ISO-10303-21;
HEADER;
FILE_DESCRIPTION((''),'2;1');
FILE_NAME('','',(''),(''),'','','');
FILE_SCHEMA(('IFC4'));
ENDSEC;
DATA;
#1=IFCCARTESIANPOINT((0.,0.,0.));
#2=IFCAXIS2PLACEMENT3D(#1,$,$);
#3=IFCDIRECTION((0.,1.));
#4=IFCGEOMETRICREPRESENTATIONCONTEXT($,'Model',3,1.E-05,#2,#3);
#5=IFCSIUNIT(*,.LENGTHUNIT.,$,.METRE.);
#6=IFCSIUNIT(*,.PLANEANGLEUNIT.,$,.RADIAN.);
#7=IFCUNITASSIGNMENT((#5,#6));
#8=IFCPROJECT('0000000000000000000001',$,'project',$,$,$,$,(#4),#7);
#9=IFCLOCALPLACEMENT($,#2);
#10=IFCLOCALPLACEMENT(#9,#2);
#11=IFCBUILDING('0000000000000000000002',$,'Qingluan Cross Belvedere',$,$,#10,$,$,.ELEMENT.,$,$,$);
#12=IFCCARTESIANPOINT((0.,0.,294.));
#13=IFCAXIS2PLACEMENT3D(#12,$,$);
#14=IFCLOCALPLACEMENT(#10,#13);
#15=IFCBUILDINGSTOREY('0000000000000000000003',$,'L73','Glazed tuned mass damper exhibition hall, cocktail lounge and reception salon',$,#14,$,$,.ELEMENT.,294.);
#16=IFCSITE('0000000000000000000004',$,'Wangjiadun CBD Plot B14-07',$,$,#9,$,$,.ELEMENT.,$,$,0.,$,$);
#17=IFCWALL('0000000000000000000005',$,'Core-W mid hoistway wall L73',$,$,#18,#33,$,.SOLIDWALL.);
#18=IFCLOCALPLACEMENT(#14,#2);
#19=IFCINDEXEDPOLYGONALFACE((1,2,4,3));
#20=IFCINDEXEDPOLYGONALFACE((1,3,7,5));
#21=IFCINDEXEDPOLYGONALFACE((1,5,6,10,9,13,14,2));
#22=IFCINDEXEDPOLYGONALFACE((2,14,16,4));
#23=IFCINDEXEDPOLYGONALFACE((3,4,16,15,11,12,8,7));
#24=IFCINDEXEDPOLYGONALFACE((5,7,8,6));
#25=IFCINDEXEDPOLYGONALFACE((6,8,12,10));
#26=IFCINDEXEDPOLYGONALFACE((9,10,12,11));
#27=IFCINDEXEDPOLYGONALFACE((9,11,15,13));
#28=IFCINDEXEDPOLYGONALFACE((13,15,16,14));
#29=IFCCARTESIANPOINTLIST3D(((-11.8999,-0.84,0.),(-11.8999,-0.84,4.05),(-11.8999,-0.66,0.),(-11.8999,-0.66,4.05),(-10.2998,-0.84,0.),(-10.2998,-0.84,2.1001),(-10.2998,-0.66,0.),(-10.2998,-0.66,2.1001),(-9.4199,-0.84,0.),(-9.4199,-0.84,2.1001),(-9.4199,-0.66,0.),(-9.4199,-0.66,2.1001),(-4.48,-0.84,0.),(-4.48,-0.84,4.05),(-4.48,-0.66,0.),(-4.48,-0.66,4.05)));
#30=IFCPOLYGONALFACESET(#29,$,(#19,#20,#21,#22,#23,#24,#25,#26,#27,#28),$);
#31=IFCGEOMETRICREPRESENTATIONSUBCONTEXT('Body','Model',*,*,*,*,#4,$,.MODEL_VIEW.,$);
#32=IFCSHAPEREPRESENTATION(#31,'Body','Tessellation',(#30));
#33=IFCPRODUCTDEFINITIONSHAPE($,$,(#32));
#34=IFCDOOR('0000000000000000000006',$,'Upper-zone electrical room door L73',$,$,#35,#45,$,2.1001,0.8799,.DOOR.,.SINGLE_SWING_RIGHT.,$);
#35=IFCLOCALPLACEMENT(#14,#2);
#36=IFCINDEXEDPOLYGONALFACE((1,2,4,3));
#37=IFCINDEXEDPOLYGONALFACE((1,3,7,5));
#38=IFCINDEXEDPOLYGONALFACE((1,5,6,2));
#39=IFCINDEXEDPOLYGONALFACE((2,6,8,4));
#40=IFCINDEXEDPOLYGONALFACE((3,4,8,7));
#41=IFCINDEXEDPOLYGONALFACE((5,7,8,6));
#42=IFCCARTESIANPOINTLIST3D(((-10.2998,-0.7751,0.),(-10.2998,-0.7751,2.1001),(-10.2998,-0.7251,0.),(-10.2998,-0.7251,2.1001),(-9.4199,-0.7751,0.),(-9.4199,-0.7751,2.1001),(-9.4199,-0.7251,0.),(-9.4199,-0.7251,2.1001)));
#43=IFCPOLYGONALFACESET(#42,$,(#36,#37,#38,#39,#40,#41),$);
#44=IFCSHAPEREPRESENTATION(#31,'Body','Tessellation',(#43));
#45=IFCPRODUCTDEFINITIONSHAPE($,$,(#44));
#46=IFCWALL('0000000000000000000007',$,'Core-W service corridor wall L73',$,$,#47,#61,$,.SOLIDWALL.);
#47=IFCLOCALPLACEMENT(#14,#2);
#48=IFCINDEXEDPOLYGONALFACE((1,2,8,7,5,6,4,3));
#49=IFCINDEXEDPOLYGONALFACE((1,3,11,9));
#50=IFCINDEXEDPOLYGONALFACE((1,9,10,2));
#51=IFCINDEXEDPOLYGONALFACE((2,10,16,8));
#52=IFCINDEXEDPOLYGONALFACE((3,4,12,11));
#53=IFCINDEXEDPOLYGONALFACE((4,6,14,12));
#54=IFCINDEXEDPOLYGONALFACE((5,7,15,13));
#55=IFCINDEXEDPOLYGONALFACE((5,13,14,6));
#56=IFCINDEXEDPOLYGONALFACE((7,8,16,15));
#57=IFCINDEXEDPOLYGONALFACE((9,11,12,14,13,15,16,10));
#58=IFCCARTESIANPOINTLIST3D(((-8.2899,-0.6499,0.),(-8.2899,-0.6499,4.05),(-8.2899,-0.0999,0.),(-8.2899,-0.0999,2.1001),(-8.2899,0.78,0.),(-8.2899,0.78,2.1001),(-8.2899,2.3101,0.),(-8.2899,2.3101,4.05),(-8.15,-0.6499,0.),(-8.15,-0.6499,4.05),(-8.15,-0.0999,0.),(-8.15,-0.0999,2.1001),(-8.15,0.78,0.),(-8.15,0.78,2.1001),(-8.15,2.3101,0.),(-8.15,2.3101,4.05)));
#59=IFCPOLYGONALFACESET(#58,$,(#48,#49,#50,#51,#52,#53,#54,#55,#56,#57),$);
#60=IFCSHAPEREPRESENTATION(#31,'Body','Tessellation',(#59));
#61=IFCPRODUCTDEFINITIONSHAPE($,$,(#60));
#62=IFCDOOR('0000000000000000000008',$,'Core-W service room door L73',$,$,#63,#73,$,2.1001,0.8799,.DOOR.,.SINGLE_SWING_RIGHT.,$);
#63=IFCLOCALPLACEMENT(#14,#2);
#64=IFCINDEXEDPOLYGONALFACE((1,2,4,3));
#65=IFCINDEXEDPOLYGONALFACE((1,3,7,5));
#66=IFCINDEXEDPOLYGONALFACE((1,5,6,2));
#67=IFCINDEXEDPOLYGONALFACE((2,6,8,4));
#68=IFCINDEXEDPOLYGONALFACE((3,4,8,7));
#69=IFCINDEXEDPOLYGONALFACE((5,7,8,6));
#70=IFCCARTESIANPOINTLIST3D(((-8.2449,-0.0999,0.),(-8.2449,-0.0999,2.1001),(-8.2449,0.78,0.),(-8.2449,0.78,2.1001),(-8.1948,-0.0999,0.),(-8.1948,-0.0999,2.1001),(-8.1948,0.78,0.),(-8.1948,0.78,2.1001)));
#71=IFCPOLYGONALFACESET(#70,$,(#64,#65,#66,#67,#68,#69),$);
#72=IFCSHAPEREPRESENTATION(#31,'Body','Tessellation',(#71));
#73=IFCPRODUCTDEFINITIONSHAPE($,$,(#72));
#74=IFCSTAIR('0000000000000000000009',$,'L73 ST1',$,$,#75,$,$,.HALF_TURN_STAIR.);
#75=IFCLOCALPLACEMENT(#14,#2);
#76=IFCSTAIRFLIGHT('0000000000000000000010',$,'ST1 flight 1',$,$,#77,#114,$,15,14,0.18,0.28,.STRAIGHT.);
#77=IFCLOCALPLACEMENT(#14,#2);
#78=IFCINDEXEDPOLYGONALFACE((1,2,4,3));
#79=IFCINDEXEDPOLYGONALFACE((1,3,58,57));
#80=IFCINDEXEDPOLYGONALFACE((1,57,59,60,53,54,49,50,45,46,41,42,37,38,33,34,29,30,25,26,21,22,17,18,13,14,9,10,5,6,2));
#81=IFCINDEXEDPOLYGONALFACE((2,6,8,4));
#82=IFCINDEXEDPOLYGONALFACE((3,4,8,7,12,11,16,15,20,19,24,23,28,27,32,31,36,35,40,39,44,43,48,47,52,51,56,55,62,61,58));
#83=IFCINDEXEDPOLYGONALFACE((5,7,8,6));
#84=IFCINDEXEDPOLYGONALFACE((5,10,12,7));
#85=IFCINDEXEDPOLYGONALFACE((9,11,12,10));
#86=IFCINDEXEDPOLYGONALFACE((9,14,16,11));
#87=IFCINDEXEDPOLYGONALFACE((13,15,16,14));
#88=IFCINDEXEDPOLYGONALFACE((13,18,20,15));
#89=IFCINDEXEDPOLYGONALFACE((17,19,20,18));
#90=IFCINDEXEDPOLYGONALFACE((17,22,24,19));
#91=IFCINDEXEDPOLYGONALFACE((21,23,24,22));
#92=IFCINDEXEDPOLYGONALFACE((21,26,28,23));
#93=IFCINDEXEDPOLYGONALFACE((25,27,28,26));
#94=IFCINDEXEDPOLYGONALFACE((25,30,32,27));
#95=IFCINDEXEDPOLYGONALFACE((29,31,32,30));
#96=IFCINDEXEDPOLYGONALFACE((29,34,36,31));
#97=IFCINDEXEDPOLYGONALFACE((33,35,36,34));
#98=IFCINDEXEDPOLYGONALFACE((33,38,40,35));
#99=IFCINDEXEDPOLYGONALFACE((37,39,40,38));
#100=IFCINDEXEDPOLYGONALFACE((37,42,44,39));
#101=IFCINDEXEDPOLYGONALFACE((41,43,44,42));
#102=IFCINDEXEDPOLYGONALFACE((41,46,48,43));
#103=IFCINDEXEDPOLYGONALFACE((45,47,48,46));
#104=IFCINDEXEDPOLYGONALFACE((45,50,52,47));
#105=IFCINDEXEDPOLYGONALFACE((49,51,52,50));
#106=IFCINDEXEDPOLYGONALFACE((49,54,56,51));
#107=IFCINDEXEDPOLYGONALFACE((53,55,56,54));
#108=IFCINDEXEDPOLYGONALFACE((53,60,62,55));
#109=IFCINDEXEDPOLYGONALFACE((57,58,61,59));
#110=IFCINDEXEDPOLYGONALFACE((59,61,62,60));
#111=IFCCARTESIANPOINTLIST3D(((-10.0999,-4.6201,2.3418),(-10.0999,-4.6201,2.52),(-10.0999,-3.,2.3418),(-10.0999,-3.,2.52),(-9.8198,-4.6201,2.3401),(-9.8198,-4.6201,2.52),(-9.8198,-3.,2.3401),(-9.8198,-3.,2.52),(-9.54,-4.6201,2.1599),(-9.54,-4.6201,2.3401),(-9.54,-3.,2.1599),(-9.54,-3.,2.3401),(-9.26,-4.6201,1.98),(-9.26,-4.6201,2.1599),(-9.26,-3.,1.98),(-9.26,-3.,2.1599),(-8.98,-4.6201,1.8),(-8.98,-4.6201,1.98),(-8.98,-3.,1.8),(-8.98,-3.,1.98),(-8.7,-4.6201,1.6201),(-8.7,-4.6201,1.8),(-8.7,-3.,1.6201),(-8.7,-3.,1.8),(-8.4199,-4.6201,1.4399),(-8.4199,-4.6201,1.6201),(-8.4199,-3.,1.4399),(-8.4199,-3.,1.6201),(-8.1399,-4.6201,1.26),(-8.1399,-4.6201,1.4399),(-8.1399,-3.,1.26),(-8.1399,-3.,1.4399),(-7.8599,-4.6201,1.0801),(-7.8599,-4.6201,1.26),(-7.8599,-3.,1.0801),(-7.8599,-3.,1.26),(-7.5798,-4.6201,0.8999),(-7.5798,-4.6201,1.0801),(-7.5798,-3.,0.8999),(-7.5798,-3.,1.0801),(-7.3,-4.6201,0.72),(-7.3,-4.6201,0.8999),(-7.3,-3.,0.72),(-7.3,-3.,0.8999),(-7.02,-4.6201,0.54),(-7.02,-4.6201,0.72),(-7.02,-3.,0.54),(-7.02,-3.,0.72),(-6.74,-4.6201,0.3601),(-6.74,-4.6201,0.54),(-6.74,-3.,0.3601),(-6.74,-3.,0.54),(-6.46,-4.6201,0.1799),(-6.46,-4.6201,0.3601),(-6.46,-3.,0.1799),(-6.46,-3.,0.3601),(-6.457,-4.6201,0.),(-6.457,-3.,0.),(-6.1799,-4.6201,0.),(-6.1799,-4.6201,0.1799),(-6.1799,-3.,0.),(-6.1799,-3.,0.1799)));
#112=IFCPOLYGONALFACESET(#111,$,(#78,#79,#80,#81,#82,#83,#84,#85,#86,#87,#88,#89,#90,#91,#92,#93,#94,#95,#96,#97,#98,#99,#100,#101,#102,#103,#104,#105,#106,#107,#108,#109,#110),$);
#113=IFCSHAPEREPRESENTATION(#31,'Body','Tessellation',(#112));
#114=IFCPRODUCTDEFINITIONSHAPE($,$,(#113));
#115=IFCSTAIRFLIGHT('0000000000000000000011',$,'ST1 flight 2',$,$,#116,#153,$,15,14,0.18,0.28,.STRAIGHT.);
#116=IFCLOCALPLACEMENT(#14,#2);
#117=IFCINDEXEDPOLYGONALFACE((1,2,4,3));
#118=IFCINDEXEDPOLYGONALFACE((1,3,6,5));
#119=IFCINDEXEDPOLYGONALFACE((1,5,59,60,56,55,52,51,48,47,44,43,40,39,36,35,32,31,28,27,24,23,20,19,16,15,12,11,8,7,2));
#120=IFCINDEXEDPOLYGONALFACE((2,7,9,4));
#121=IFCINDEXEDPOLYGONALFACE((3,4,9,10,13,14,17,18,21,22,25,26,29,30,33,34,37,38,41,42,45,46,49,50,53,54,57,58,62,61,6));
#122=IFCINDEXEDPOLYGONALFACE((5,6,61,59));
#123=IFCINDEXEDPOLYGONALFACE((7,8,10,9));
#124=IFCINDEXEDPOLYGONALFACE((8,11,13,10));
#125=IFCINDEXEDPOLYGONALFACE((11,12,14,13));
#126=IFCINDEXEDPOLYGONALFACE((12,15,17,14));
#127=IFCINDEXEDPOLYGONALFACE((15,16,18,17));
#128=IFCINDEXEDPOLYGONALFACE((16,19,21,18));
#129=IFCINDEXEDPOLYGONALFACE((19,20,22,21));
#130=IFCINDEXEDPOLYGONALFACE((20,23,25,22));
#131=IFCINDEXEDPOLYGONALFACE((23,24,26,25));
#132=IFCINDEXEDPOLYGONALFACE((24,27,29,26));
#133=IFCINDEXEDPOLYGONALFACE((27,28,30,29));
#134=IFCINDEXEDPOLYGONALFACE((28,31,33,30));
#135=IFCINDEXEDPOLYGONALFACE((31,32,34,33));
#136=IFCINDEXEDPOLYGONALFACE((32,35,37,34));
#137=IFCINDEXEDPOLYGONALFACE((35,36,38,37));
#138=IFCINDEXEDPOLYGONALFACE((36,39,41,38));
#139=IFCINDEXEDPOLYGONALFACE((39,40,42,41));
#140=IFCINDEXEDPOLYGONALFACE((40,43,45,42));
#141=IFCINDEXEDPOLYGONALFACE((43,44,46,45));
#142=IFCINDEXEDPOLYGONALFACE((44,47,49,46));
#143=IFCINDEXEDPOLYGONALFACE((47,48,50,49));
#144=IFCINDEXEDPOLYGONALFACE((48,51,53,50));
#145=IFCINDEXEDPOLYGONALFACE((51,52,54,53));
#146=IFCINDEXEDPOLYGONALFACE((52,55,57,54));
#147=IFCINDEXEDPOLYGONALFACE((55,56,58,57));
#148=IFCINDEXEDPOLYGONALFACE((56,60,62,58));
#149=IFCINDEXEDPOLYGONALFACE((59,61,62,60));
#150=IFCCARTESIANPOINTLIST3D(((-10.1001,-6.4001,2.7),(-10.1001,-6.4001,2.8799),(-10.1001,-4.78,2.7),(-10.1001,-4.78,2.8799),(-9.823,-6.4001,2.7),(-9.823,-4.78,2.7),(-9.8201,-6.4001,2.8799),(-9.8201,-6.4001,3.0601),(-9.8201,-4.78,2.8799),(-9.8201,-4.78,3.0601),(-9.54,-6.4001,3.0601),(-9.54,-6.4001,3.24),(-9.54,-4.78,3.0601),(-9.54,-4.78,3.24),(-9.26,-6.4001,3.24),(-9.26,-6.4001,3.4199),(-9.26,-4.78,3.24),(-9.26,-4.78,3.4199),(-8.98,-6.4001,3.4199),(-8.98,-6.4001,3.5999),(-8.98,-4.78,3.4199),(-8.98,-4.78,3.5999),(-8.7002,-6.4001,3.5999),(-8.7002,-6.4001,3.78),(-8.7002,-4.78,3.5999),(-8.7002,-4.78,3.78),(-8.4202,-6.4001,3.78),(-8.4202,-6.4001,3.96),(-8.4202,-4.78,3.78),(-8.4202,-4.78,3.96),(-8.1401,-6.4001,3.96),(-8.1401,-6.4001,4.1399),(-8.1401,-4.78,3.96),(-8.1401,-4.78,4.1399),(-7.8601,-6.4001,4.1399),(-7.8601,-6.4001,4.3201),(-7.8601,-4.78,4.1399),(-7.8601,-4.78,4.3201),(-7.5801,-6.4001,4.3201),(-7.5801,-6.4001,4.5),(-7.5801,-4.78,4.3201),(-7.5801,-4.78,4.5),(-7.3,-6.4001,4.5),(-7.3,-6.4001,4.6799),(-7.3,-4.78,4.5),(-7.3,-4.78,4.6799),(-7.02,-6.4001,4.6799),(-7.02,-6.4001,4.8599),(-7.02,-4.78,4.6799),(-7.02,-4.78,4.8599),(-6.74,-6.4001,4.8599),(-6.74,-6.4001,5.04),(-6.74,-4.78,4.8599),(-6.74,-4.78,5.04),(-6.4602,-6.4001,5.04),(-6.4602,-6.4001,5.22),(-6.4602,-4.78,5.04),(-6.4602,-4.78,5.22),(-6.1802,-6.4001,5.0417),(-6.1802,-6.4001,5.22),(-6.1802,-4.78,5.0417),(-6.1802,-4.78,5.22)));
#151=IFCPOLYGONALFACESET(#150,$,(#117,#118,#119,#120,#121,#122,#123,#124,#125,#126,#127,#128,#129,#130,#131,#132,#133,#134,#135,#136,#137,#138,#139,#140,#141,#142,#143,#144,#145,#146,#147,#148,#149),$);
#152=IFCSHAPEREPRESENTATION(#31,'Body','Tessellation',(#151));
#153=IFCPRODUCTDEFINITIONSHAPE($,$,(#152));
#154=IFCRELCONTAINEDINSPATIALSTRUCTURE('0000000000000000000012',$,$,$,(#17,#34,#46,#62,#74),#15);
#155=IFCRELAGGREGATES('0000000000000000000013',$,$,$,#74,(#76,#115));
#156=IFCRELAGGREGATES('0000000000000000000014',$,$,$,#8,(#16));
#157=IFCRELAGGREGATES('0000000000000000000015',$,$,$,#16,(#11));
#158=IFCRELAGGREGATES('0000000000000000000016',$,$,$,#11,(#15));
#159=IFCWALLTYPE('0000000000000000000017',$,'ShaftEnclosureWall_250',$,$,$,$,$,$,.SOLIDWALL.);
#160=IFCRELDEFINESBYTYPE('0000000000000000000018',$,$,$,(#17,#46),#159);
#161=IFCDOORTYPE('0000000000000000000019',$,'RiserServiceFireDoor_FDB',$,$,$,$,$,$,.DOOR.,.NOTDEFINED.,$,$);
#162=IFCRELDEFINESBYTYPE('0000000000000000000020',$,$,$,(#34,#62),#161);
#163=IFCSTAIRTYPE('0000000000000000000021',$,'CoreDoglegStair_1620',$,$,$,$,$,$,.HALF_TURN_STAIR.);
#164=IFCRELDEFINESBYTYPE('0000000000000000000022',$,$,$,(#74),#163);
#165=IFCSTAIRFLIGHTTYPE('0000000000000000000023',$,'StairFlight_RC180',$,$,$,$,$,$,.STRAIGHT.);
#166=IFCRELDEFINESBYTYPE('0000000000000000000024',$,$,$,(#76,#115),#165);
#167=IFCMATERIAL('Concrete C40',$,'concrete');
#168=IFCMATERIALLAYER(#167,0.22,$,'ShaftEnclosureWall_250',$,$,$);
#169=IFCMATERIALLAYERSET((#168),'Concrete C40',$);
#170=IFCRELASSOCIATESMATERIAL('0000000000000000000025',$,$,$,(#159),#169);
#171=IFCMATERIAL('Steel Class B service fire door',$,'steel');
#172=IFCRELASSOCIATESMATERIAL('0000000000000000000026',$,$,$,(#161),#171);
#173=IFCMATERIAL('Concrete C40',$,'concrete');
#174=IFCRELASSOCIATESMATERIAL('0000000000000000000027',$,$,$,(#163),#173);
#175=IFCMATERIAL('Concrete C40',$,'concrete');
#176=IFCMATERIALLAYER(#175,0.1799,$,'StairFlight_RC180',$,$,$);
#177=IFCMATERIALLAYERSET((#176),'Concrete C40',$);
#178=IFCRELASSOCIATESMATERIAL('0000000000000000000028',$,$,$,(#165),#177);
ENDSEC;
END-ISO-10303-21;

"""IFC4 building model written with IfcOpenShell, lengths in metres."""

from ifc_helpers import new_model, si_unit, direction, frame, frame_2d, origin, place, context, subcontext, project, spatial, polyline, rectangle, outline, extrude, material, layer, layer_set, type_object, element, fill, aggregate, save


model = new_model("IFC4")

# Units and contexts
model_context = context("Model", 3, precision=1e-05, world=origin(), true_north=direction((0.0, 1.0)))
body_context = subcontext(model_context, "Body", "Model", "MODEL_VIEW")
ifc_project = project(units=[si_unit("LENGTHUNIT", "METRE"), si_unit("PLANEANGLEUNIT", "RADIAN")], contexts=[model_context])

# Site, building, storey
site_placement = place(None, origin())
site = spatial("IfcSite", under=ifc_project, at=site_placement, Name="Wangjiadun CBD Plot B14-07", CompositionType="ELEMENT", RefElevation=0.0)
building_placement = place(site_placement, origin())
building = spatial("IfcBuilding", under=site, at=building_placement, Name="Qingluan Cross Belvedere", CompositionType="ELEMENT")
storey_placement = place(building_placement, frame((0.0, 0.0, 294.0)))
storey = spatial("IfcBuildingStorey", under=building, at=storey_placement, Name="L73", Description="Glazed tuned mass damper exhibition hall, cocktail lounge and reception salon", CompositionType="ELEMENT", Elevation=294.0)

# Walls, openings, doors
ifc_material_1 = material(Name="Concrete C40", Category="concrete")
ifc_layer_1 = layer(ifc_material_1, 0.22, Name="ShaftEnclosureWall_250")
ifc_layer_set_1 = layer_set([ifc_layer_1], Name="Concrete C40")
wall_type_1 = type_object("IfcWallType", Name="ShaftEnclosureWall_250", PredefinedType="SOLIDWALL", material=ifc_layer_set_1)
wall_1_placement = place(storey_placement, frame((-11.8999, -0.75, 0.0), z_axis=(0.0, 0.0, 1.0), x_axis=(1.0, 0.0, 0.0)))
wall_1 = element("IfcWall", 1, at=wall_1_placement, inside=storey, type_object=wall_type_1, Name="Core-W mid hoistway wall L73", PredefinedType="SOLIDWALL", context=body_context, shape_type="SweptSolid", body=[
    extrude(rectangle(XDim=7.4199, YDim=0.1799, at=frame_2d((3.71, 0.0))), origin(), (0.0, 0.0, 1.0), 4.05),
])
opening_1_placement = place(wall_1_placement, frame((1.6001, 0.0, 0.0)))
opening_1 = element("IfcOpeningElement", 2, at=opening_1_placement, cuts=wall_1, PredefinedType="OPENING", context=body_context, shape_type="SweptSolid", body=[
    extrude(rectangle(XDim=0.8799, YDim=2.1001, at=frame_2d((0.4399, 1.05))), frame((0.0, 0.0999, 0.0), z_axis=(0.0, -1.0, 0.0), x_axis=(1.0, 0.0, 0.0)), (0.0, 0.0, 1.0), 0.2),
])
ifc_material_2 = material(Name="Steel Class B service fire door", Category="steel")
door_type_1 = type_object("IfcDoorType", Name="RiserServiceFireDoor_FDB", OperationType="NOTDEFINED", PredefinedType="DOOR", material=ifc_material_2)
door_1_placement = place(opening_1_placement, origin())
door_1 = element("IfcDoor", 3, at=door_1_placement, inside=storey, type_object=door_type_1, Name="Upper-zone electrical room door L73", OperationType="SINGLE_SWING_RIGHT", OverallHeight=2.1001, OverallWidth=0.8799, PredefinedType="DOOR", context=body_context, shape_type="SweptSolid", body=[
    extrude(rectangle(XDim=0.8799, YDim=2.1001, at=frame_2d((0.4399, 1.05))), frame((0.0, 0.0249, 0.0), z_axis=(0.0, -1.0, 0.0), x_axis=(1.0, 0.0, 0.0)), (0.0, 0.0, 1.0), 0.05),
])
fill(opening_1, door_1)
wall_2_placement = place(storey_placement, frame((-8.22, -0.6499, 0.0), z_axis=(0.0, 0.0, 1.0), x_axis=(0.0, 1.0, 0.0)))
wall_2 = element("IfcWall", 4, at=wall_2_placement, inside=storey, type_object=wall_type_1, Name="Core-W service corridor wall L73", PredefinedType="SOLIDWALL", context=body_context, shape_type="SweptSolid", body=[
    extrude(rectangle(XDim=2.96, YDim=0.1399, at=frame_2d((1.48, 0.0))), origin(), (0.0, 0.0, 1.0), 4.05),
])
opening_2_placement = place(wall_2_placement, frame((0.55, 0.0, 0.0)))
opening_2 = element("IfcOpeningElement", 5, at=opening_2_placement, cuts=wall_2, PredefinedType="OPENING", context=body_context, shape_type="SweptSolid", body=[
    extrude(rectangle(XDim=0.8799, YDim=2.1001, at=frame_2d((0.4399, 1.05))), frame((0.0, 0.0798, 0.0), z_axis=(0.0, -1.0, 0.0), x_axis=(1.0, 0.0, 0.0)), (0.0, 0.0, 1.0), 0.1599),
])
door_2_placement = place(opening_2_placement, origin())
door_2 = element("IfcDoor", 6, at=door_2_placement, inside=storey, type_object=door_type_1, Name="Core-W service room door L73", OperationType="SINGLE_SWING_RIGHT", OverallHeight=2.1001, OverallWidth=0.8799, PredefinedType="DOOR", context=body_context, shape_type="SweptSolid", body=[
    extrude(rectangle(XDim=0.8799, YDim=2.1001, at=frame_2d((0.4399, 1.05))), frame((0.0, 0.0249, 0.0), z_axis=(0.0, -1.0, 0.0), x_axis=(1.0, 0.0, 0.0)), (0.0, 0.0, 1.0), 0.05),
])
fill(opening_2, door_2)

# Stair, stair flights
ifc_material_3 = material(Name="Concrete C40", Category="concrete")
stair_type = type_object("IfcStairType", Name="CoreDoglegStair_1620", PredefinedType="HALF_TURN_STAIR", material=ifc_material_3)
stair_placement = place(storey_placement, origin())
stair = element("IfcStair", 7, at=stair_placement, inside=storey, type_object=stair_type, Name="L73 ST1", PredefinedType="HALF_TURN_STAIR")
ifc_material_4 = material(Name="Concrete C40", Category="concrete")
ifc_layer_2 = layer(ifc_material_4, 0.1799, Name="StairFlight_RC180")
ifc_layer_set_2 = layer_set([ifc_layer_2], Name="Concrete C40")
stair_flight_type = type_object("IfcStairFlightType", Name="StairFlight_RC180", PredefinedType="STRAIGHT", material=ifc_layer_set_2)
stair_flight_1_placement = place(storey_placement, frame((-6.1799, -3.8101, 0.0), z_axis=(0.0, 0.0, 1.0), x_axis=(-1.0, 0.0, 0.0)))
stair_flight_1 = element("IfcStairFlight", 8, at=stair_flight_1_placement, type_object=stair_flight_type, Name="ST1 flight 1", NumberOfRisers=15, NumberOfTreads=14, PredefinedType="STRAIGHT", RiserHeight=0.18, TreadLength=0.28, context=body_context, shape_type="SweptSolid", body=[
    extrude(outline(polyline([(0.0, 0.0), (0.0, 0.1799), (0.28, 0.1799), (0.28, 0.3601), (0.5601, 0.3601), (0.5601, 0.54), (0.8401, 0.54), (0.8401, 0.72), (1.1201, 0.72), (1.1201, 0.8999), (1.3999, 0.8999), (1.3999, 1.0801), (1.6799, 1.0801), (1.6799, 1.26), (1.96, 1.26), (1.96, 1.4399), (2.24, 1.4399), (2.24, 1.6201), (2.52, 1.6201), (2.52, 1.8), (2.8, 1.8), (2.8, 1.98), (3.0801, 1.98), (3.0801, 2.1599), (3.3601, 2.1599), (3.3601, 2.3401), (3.6399, 2.3401), (3.6399, 2.52), (3.9199, 2.52), (3.9199, 2.7), (3.9199, 2.3418), (0.2771, 0.0), (0.0, 0.0)])), frame((0.0, 0.8101, 0.0), z_axis=(0.0, -1.0, 0.0), x_axis=(1.0, 0.0, 0.0)), (0.0, 0.0, 1.0), 1.6201),
])
stair_flight_2_placement = place(storey_placement, frame((-10.1001, -5.5901, 2.7), z_axis=(0.0, 0.0, 1.0), x_axis=(1.0, 0.0, 0.0)))
stair_flight_2 = element("IfcStairFlight", 9, at=stair_flight_2_placement, type_object=stair_flight_type, Name="ST1 flight 2", NumberOfRisers=15, NumberOfTreads=14, PredefinedType="STRAIGHT", RiserHeight=0.18, TreadLength=0.28, context=body_context, shape_type="SweptSolid", body=[
    extrude(outline(polyline([(0.0, 0.0), (0.0, 0.1799), (0.28, 0.1799), (0.28, 0.3601), (0.5601, 0.3601), (0.5601, 0.54), (0.8401, 0.54), (0.8401, 0.72), (1.1201, 0.72), (1.1201, 0.8999), (1.3999, 0.8999), (1.3999, 1.0801), (1.6799, 1.0801), (1.6799, 1.26), (1.96, 1.26), (1.96, 1.4399), (2.24, 1.4399), (2.24, 1.6201), (2.52, 1.6201), (2.52, 1.8), (2.8, 1.8), (2.8, 1.98), (3.0801, 1.98), (3.0801, 2.1599), (3.3601, 2.1599), (3.3601, 2.3401), (3.6399, 2.3401), (3.6399, 2.52), (3.9199, 2.52), (3.9199, 2.7), (3.9199, 2.3418), (0.2771, 0.0), (0.0, 0.0)])), frame((0.0, 0.8101, 0.0), z_axis=(0.0, -1.0, 0.0), x_axis=(1.0, 0.0, 0.0)), (0.0, 0.0, 1.0), 1.6201),
])
aggregate(stair, [stair_flight_1, stair_flight_2])

save(model, "model.ifc")
